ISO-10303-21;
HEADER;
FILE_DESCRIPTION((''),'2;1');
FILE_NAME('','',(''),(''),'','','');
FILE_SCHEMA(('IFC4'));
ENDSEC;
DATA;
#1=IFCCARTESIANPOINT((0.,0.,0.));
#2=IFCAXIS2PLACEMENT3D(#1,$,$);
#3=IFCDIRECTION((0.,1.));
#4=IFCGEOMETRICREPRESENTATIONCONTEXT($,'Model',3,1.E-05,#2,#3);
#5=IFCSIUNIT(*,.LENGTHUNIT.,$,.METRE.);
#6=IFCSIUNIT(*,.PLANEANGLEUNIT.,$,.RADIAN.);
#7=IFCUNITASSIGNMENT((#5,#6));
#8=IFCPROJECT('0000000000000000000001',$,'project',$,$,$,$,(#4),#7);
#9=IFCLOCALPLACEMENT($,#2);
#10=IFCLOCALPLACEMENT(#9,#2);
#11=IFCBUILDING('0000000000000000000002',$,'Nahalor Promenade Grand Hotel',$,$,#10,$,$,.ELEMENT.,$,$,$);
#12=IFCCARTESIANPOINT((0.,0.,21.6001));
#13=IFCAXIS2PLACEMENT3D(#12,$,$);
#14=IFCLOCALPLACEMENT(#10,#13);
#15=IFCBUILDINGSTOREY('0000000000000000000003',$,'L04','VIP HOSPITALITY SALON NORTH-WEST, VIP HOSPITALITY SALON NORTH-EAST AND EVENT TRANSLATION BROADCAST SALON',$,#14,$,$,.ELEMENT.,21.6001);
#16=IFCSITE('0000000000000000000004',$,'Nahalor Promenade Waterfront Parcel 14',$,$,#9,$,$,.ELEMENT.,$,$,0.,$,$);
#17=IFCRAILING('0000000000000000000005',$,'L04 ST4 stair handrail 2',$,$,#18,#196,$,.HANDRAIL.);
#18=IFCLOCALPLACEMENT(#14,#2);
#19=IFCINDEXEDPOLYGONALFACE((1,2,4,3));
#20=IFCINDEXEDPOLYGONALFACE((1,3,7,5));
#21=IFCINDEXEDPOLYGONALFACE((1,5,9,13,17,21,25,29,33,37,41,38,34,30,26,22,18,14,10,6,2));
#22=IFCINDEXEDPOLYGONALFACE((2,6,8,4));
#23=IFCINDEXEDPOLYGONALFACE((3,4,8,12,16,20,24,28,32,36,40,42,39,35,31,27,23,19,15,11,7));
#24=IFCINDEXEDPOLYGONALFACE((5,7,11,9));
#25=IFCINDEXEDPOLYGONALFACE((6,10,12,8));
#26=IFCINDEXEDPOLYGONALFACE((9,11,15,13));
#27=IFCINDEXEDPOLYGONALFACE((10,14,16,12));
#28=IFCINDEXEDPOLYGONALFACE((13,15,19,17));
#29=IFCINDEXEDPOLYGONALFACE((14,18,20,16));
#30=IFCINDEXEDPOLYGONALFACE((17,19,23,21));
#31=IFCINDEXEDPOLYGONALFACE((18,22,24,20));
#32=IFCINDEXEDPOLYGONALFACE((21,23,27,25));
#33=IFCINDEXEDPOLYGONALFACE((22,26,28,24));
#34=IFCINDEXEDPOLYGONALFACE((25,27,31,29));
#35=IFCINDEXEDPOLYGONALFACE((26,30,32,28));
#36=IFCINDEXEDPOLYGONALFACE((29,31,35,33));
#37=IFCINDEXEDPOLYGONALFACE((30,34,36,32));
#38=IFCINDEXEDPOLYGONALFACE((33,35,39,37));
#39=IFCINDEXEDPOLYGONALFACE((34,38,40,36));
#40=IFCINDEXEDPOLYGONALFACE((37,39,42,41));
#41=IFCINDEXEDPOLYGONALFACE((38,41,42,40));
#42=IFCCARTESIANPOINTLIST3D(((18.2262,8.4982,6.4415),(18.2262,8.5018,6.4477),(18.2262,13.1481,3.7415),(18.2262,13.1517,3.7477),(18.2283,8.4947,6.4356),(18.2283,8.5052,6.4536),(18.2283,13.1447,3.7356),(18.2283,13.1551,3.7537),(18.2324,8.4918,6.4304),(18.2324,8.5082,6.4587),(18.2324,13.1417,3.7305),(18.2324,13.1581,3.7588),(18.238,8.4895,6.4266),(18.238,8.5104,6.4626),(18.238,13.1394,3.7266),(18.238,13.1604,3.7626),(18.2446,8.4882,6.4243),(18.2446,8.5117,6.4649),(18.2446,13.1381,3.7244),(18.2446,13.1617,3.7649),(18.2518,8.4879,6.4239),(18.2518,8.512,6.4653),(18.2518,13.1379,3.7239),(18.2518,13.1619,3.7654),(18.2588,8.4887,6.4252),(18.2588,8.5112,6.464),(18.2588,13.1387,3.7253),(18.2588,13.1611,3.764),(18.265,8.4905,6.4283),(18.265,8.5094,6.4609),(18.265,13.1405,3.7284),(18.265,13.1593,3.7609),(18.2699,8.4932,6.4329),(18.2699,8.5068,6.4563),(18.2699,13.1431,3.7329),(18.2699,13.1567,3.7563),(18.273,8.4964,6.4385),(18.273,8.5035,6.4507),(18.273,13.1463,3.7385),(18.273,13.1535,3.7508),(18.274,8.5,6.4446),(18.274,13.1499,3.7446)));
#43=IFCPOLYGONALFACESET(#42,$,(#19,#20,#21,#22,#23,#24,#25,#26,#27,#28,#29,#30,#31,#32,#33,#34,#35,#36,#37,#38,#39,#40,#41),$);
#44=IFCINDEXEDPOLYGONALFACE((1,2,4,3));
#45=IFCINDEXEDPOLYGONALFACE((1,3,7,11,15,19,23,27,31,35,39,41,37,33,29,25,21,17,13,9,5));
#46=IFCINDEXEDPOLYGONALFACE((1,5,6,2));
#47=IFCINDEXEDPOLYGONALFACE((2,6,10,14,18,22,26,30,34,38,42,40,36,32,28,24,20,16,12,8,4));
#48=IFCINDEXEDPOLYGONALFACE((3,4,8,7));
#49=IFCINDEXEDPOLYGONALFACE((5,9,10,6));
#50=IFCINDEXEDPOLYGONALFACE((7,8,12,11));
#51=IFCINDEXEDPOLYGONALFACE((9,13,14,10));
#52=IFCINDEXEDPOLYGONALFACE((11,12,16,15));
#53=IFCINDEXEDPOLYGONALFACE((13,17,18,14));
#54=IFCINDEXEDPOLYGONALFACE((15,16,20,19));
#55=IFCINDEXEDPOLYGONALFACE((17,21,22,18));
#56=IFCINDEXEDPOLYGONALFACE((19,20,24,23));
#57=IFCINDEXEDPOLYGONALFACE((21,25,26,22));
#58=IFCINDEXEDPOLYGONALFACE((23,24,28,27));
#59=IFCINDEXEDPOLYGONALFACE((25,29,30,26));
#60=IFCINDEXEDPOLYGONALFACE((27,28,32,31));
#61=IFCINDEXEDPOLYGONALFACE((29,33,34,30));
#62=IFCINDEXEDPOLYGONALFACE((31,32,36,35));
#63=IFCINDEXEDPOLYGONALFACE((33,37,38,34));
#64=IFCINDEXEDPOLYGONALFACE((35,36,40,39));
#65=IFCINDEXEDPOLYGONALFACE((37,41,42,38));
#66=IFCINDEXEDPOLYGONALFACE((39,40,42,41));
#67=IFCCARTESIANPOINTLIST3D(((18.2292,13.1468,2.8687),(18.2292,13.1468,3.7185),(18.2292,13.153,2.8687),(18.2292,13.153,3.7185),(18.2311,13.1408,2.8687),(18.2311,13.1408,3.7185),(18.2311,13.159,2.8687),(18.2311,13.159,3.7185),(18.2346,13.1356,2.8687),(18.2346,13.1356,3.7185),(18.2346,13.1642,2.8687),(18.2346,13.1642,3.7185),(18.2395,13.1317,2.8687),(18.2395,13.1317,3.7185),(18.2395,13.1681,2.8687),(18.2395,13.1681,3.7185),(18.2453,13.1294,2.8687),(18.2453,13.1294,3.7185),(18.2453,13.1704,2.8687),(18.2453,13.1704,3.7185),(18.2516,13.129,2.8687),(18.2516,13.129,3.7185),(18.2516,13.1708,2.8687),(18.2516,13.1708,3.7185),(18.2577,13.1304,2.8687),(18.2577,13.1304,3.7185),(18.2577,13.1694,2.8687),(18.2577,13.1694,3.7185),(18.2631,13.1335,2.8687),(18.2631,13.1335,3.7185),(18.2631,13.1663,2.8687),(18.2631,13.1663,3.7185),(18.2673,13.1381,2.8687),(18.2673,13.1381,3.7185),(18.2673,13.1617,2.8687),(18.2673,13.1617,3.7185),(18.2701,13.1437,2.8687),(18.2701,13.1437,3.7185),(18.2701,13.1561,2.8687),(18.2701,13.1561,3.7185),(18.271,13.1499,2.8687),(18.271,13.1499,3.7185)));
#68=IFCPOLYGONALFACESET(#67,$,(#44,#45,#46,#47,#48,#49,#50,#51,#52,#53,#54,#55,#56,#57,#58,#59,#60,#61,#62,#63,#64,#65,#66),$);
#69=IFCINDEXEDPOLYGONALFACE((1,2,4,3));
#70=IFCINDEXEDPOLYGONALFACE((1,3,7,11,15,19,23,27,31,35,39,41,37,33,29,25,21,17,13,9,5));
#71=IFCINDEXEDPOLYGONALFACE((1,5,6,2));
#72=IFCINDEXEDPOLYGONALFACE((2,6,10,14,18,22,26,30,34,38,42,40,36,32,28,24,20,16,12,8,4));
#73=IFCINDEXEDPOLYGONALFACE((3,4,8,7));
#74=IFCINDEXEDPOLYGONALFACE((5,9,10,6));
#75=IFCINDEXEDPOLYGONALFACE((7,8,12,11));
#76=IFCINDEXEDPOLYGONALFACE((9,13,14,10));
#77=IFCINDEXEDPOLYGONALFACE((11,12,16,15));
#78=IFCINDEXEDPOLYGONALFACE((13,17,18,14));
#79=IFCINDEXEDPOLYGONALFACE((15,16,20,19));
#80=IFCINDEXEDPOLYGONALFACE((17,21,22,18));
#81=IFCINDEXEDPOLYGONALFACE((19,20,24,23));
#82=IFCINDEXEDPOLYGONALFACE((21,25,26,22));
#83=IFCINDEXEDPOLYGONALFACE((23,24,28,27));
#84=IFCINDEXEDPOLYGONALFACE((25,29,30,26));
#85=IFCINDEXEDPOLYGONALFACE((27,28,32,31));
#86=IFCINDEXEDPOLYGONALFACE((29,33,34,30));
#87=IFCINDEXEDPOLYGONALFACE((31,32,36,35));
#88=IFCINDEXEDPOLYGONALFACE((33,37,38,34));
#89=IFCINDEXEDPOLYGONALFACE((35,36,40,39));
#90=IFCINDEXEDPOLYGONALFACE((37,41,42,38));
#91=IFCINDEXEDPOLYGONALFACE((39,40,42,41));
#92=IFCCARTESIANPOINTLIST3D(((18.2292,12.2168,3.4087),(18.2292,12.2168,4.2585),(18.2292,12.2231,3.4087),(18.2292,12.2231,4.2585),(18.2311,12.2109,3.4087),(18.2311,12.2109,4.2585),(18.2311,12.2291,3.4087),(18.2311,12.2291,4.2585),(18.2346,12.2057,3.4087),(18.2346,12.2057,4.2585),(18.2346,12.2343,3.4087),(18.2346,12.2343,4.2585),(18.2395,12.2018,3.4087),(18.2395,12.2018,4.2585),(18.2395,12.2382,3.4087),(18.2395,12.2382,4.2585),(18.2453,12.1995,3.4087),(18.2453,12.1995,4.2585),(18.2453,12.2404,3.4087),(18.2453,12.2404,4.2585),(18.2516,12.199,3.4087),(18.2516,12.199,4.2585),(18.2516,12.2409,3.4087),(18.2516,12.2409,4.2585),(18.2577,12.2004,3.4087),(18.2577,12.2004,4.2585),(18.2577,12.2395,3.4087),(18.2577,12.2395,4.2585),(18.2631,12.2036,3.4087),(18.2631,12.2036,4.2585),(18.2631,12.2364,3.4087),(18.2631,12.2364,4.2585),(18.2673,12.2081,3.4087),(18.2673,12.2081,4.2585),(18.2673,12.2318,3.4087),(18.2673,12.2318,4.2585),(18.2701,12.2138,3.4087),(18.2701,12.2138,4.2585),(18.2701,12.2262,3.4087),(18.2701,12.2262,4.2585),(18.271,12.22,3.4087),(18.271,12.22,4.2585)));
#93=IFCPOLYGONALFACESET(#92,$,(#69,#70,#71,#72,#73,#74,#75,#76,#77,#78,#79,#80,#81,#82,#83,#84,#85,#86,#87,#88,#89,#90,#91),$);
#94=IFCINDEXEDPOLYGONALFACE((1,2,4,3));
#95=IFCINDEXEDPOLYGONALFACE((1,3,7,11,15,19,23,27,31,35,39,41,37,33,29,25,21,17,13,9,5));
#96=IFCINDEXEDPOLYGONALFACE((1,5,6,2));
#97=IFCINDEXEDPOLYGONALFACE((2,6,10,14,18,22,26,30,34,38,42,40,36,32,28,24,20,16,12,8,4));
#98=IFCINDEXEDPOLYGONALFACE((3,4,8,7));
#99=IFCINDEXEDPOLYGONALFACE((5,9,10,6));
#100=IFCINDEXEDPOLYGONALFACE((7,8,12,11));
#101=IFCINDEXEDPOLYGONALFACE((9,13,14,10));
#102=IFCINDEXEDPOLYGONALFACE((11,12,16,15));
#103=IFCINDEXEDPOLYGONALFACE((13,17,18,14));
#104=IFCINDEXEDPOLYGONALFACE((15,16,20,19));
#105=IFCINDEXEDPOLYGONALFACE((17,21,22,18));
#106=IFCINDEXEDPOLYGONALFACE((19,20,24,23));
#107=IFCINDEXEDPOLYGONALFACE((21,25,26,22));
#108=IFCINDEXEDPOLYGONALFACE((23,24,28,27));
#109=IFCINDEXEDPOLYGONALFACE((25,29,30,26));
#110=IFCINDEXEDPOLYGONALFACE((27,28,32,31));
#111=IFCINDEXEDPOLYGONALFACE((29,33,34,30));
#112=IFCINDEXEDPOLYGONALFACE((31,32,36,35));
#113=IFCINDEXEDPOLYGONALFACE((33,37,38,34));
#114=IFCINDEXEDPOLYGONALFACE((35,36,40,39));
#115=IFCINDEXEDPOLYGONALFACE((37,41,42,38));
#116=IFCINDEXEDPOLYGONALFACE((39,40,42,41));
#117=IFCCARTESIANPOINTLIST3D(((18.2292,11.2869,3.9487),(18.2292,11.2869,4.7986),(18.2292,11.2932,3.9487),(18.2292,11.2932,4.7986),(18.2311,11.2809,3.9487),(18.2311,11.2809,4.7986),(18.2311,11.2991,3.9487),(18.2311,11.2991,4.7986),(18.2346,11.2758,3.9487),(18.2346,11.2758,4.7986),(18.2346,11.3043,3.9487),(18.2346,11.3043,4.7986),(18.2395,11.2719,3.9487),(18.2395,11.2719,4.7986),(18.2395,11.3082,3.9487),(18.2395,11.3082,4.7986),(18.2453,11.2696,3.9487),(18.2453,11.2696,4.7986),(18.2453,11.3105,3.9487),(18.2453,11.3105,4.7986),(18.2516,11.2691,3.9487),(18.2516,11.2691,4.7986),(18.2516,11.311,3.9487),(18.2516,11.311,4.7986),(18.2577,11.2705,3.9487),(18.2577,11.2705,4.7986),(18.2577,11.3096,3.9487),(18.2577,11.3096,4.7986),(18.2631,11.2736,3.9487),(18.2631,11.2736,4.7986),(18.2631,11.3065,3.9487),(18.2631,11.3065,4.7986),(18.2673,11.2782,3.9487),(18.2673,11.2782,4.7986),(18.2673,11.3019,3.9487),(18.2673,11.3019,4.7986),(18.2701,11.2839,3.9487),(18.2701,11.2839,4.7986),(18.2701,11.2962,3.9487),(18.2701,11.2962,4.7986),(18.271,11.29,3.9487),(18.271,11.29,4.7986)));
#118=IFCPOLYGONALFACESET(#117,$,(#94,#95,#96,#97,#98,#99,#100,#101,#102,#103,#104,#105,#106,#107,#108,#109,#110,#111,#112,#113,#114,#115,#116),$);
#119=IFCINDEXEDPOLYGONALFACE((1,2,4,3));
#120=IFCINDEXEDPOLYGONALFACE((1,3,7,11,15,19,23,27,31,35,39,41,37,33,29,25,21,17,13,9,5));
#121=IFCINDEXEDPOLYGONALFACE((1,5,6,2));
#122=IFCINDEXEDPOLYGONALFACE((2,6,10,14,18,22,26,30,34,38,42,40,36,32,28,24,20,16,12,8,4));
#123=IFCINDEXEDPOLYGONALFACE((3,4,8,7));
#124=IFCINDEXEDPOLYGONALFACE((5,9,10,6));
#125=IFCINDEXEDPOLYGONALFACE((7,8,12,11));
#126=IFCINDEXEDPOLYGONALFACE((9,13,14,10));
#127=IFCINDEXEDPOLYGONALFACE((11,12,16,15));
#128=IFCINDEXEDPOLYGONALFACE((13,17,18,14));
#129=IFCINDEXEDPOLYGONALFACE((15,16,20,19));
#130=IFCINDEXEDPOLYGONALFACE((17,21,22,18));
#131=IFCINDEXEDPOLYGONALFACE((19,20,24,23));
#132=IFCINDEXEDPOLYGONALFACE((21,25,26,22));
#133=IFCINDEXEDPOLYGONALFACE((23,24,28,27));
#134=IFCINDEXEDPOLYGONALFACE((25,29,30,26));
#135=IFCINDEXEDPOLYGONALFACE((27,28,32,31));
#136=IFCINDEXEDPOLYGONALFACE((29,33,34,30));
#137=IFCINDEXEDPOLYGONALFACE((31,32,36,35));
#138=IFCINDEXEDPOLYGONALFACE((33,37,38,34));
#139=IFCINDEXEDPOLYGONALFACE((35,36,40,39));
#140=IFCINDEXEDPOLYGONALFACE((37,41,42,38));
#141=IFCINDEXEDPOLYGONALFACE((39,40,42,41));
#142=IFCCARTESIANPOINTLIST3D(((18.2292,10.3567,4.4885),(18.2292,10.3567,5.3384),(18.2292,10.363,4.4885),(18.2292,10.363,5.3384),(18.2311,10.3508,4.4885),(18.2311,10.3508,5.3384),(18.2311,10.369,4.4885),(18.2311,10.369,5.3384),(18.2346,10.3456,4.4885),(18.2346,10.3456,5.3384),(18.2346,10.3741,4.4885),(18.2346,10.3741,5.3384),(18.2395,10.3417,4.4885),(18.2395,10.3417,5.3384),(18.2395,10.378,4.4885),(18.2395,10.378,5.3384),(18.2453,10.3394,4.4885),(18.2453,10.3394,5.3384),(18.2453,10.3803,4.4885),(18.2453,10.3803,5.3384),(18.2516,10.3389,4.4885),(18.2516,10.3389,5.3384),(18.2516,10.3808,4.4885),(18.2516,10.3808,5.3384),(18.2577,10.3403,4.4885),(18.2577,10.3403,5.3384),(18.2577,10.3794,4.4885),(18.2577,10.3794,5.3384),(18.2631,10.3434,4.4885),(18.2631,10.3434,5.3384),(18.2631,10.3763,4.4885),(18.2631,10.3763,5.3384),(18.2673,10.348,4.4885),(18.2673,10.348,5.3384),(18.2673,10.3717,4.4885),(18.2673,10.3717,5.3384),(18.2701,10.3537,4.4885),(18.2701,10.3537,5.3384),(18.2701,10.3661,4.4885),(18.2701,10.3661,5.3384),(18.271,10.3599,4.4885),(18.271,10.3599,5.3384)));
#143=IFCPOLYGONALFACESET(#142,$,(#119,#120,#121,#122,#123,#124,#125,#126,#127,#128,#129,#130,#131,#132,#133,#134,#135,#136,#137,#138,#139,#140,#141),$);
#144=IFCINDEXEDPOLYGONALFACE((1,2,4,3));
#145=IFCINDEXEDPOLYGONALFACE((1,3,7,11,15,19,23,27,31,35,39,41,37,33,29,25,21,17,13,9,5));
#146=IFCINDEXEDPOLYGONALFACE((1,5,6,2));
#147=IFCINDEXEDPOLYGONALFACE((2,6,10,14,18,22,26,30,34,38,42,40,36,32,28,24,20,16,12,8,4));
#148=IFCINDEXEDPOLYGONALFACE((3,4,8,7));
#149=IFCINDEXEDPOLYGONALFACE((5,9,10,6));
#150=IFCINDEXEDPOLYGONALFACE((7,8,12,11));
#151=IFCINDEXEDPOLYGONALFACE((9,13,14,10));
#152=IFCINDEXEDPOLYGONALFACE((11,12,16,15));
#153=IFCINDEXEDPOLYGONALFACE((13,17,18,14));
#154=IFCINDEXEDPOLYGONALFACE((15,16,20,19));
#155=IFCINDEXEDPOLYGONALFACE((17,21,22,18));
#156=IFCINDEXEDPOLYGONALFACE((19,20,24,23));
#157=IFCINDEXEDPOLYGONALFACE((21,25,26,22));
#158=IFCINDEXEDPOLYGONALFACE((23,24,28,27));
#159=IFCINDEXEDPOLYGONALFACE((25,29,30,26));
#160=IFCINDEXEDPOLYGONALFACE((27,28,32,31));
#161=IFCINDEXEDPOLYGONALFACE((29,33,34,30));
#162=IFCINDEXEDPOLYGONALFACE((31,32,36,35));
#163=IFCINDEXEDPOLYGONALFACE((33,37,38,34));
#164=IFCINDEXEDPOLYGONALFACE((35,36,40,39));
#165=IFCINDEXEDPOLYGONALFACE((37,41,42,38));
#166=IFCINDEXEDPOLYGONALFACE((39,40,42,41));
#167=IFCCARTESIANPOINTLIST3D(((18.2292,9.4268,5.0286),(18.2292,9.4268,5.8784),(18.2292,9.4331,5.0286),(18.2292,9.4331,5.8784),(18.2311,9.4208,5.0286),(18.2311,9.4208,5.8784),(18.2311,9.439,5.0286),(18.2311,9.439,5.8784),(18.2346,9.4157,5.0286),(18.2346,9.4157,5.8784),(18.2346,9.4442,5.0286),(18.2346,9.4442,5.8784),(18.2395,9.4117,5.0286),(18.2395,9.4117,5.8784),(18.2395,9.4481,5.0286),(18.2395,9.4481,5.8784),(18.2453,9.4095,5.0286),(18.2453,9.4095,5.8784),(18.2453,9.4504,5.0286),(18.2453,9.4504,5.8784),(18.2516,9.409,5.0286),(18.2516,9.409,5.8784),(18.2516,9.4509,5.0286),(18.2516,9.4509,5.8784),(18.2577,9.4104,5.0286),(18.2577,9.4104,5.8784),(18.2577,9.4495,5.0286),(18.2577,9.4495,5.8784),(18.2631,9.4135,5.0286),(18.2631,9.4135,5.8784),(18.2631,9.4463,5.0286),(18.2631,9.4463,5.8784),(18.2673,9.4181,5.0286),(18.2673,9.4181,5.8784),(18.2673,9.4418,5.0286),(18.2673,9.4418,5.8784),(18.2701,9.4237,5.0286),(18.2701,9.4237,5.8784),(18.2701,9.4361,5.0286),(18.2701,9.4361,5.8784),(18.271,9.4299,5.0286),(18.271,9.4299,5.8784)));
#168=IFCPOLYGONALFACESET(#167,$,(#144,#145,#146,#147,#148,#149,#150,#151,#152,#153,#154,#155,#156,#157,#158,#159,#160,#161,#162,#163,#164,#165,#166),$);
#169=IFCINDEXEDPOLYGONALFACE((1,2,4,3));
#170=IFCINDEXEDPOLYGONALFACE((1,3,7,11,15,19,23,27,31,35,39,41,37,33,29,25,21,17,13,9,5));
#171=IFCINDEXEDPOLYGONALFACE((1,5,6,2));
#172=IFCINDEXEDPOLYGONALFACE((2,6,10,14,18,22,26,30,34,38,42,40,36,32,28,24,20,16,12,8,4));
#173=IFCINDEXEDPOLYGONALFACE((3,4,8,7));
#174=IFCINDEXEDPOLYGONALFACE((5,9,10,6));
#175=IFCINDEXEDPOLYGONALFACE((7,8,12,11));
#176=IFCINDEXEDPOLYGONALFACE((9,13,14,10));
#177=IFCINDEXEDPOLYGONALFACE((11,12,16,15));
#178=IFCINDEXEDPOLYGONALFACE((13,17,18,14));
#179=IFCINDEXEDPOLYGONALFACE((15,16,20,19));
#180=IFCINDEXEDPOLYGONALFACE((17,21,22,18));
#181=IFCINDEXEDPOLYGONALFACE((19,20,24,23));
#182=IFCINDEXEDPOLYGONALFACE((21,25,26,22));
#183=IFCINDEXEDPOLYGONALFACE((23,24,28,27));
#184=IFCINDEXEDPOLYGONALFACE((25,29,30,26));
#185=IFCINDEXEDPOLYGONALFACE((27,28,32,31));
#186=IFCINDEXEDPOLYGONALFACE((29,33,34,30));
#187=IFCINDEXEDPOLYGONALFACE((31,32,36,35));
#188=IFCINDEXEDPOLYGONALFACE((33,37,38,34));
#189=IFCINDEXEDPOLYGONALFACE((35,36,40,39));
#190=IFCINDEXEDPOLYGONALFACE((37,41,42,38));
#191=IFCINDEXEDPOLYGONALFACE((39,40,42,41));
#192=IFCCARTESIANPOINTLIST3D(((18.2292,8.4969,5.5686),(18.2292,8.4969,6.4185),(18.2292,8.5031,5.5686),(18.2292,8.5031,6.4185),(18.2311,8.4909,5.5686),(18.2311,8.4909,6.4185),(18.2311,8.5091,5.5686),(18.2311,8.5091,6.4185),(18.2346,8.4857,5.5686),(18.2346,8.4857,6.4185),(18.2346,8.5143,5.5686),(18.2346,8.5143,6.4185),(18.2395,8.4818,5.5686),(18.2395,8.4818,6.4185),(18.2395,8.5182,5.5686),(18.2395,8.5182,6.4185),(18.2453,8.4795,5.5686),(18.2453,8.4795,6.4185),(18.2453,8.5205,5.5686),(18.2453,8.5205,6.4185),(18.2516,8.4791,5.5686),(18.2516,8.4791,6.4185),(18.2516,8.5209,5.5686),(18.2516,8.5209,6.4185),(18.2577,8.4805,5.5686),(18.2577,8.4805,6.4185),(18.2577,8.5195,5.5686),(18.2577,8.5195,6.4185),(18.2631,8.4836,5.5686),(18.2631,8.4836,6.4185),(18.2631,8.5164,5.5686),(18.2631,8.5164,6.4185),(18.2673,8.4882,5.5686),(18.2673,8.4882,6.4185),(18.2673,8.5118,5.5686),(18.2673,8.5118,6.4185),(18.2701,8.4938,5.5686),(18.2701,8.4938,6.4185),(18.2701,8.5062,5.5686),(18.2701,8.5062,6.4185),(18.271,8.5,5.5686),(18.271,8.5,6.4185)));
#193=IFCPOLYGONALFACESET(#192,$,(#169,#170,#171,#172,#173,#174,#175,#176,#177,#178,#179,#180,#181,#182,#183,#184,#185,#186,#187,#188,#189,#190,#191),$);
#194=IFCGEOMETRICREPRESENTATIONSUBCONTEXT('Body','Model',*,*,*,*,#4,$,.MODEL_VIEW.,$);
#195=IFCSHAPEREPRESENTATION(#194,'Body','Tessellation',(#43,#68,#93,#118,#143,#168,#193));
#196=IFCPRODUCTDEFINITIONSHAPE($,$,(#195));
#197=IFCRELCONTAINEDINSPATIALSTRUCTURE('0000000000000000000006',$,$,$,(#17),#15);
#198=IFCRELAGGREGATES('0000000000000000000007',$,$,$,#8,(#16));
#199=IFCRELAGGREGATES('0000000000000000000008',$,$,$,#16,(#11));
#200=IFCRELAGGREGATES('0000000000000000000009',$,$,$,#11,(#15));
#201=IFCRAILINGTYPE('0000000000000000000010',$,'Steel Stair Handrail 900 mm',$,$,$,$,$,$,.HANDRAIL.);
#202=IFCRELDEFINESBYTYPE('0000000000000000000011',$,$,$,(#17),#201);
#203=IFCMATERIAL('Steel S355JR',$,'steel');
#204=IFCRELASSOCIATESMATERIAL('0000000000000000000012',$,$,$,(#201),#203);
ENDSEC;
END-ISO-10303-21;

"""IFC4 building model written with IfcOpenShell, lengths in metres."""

from ifc_helpers import new_model, si_unit, direction, frame, origin, origin_2d, place, context, subcontext, project, spatial, circle, extrude, material, type_object, element, save


model = new_model("IFC4")

# Units and contexts
model_context = context("Model", 3, precision=1e-05, world=origin(), true_north=direction((0.0, 1.0)))
body_context = subcontext(model_context, "Body", "Model", "MODEL_VIEW")
ifc_project = project(units=[si_unit("LENGTHUNIT", "METRE"), si_unit("PLANEANGLEUNIT", "RADIAN")], contexts=[model_context])

# Site, building, storey
site_placement = place(None, origin())
site = spatial("IfcSite", under=ifc_project, at=site_placement, Name="Nahalor Promenade Waterfront Parcel 14", CompositionType="ELEMENT", RefElevation=0.0)
building_placement = place(site_placement, origin())
building = spatial("IfcBuilding", under=site, at=building_placement, Name="Nahalor Promenade Grand Hotel", CompositionType="ELEMENT")
storey_placement = place(building_placement, frame((0.0, 0.0, 21.6001)))
storey = spatial("IfcBuildingStorey", under=building, at=storey_placement, Name="L04", Description="VIP HOSPITALITY SALON NORTH-WEST, VIP HOSPITALITY SALON NORTH-EAST AND EVENT TRANSLATION BROADCAST SALON", CompositionType="ELEMENT", Elevation=21.6001)

# Shared definitions
ifc_material_1 = material(Name="Steel S355JR", Category="steel")

# Railing
railing_type_1 = type_object("IfcRailingType", Name="Steel Stair Handrail 900 mm", PredefinedType="HANDRAIL", material=ifc_material_1)
railing_1_placement = place(storey_placement, frame((18.25, 13.1499, 2.8687)))
element("IfcRailing", 1, at=railing_1_placement, inside=storey, type_object=railing_type_1, Name="L04 ST4 stair handrail 2", PredefinedType="HANDRAIL", context=body_context, shape_type="SweptSolid", body=[
    extrude(circle(Radius=0.024, at=origin_2d()), frame((0.0, 0.0, 0.876), z_axis=(0.0, -0.864788, 0.502137), x_axis=(1.0, 0.0, 0.0)), (0.0, 0.0, 1.0), 5.377),
    extrude(circle(Radius=0.021, at=origin_2d()), origin(), (0.0, 0.0, 1.0), 0.8499),
    extrude(circle(Radius=0.021, at=origin_2d()), frame((0.0, -0.9299, 0.54)), (0.0, 0.0, 1.0), 0.8499),
    extrude(circle(Radius=0.021, at=origin_2d()), frame((0.0, -1.8599, 1.0801)), (0.0, 0.0, 1.0), 0.8499),
    extrude(circle(Radius=0.021, at=origin_2d()), frame((0.0, -2.79, 1.6199)), (0.0, 0.0, 1.0), 0.8499),
    extrude(circle(Radius=0.021, at=origin_2d()), frame((0.0, -3.72, 2.1599)), (0.0, 0.0, 1.0), 0.8499),
    extrude(circle(Radius=0.021, at=origin_2d()), frame((0.0, -4.6499, 2.7)), (0.0, 0.0, 1.0), 0.8499),
])

save(model, "model.ifc")
